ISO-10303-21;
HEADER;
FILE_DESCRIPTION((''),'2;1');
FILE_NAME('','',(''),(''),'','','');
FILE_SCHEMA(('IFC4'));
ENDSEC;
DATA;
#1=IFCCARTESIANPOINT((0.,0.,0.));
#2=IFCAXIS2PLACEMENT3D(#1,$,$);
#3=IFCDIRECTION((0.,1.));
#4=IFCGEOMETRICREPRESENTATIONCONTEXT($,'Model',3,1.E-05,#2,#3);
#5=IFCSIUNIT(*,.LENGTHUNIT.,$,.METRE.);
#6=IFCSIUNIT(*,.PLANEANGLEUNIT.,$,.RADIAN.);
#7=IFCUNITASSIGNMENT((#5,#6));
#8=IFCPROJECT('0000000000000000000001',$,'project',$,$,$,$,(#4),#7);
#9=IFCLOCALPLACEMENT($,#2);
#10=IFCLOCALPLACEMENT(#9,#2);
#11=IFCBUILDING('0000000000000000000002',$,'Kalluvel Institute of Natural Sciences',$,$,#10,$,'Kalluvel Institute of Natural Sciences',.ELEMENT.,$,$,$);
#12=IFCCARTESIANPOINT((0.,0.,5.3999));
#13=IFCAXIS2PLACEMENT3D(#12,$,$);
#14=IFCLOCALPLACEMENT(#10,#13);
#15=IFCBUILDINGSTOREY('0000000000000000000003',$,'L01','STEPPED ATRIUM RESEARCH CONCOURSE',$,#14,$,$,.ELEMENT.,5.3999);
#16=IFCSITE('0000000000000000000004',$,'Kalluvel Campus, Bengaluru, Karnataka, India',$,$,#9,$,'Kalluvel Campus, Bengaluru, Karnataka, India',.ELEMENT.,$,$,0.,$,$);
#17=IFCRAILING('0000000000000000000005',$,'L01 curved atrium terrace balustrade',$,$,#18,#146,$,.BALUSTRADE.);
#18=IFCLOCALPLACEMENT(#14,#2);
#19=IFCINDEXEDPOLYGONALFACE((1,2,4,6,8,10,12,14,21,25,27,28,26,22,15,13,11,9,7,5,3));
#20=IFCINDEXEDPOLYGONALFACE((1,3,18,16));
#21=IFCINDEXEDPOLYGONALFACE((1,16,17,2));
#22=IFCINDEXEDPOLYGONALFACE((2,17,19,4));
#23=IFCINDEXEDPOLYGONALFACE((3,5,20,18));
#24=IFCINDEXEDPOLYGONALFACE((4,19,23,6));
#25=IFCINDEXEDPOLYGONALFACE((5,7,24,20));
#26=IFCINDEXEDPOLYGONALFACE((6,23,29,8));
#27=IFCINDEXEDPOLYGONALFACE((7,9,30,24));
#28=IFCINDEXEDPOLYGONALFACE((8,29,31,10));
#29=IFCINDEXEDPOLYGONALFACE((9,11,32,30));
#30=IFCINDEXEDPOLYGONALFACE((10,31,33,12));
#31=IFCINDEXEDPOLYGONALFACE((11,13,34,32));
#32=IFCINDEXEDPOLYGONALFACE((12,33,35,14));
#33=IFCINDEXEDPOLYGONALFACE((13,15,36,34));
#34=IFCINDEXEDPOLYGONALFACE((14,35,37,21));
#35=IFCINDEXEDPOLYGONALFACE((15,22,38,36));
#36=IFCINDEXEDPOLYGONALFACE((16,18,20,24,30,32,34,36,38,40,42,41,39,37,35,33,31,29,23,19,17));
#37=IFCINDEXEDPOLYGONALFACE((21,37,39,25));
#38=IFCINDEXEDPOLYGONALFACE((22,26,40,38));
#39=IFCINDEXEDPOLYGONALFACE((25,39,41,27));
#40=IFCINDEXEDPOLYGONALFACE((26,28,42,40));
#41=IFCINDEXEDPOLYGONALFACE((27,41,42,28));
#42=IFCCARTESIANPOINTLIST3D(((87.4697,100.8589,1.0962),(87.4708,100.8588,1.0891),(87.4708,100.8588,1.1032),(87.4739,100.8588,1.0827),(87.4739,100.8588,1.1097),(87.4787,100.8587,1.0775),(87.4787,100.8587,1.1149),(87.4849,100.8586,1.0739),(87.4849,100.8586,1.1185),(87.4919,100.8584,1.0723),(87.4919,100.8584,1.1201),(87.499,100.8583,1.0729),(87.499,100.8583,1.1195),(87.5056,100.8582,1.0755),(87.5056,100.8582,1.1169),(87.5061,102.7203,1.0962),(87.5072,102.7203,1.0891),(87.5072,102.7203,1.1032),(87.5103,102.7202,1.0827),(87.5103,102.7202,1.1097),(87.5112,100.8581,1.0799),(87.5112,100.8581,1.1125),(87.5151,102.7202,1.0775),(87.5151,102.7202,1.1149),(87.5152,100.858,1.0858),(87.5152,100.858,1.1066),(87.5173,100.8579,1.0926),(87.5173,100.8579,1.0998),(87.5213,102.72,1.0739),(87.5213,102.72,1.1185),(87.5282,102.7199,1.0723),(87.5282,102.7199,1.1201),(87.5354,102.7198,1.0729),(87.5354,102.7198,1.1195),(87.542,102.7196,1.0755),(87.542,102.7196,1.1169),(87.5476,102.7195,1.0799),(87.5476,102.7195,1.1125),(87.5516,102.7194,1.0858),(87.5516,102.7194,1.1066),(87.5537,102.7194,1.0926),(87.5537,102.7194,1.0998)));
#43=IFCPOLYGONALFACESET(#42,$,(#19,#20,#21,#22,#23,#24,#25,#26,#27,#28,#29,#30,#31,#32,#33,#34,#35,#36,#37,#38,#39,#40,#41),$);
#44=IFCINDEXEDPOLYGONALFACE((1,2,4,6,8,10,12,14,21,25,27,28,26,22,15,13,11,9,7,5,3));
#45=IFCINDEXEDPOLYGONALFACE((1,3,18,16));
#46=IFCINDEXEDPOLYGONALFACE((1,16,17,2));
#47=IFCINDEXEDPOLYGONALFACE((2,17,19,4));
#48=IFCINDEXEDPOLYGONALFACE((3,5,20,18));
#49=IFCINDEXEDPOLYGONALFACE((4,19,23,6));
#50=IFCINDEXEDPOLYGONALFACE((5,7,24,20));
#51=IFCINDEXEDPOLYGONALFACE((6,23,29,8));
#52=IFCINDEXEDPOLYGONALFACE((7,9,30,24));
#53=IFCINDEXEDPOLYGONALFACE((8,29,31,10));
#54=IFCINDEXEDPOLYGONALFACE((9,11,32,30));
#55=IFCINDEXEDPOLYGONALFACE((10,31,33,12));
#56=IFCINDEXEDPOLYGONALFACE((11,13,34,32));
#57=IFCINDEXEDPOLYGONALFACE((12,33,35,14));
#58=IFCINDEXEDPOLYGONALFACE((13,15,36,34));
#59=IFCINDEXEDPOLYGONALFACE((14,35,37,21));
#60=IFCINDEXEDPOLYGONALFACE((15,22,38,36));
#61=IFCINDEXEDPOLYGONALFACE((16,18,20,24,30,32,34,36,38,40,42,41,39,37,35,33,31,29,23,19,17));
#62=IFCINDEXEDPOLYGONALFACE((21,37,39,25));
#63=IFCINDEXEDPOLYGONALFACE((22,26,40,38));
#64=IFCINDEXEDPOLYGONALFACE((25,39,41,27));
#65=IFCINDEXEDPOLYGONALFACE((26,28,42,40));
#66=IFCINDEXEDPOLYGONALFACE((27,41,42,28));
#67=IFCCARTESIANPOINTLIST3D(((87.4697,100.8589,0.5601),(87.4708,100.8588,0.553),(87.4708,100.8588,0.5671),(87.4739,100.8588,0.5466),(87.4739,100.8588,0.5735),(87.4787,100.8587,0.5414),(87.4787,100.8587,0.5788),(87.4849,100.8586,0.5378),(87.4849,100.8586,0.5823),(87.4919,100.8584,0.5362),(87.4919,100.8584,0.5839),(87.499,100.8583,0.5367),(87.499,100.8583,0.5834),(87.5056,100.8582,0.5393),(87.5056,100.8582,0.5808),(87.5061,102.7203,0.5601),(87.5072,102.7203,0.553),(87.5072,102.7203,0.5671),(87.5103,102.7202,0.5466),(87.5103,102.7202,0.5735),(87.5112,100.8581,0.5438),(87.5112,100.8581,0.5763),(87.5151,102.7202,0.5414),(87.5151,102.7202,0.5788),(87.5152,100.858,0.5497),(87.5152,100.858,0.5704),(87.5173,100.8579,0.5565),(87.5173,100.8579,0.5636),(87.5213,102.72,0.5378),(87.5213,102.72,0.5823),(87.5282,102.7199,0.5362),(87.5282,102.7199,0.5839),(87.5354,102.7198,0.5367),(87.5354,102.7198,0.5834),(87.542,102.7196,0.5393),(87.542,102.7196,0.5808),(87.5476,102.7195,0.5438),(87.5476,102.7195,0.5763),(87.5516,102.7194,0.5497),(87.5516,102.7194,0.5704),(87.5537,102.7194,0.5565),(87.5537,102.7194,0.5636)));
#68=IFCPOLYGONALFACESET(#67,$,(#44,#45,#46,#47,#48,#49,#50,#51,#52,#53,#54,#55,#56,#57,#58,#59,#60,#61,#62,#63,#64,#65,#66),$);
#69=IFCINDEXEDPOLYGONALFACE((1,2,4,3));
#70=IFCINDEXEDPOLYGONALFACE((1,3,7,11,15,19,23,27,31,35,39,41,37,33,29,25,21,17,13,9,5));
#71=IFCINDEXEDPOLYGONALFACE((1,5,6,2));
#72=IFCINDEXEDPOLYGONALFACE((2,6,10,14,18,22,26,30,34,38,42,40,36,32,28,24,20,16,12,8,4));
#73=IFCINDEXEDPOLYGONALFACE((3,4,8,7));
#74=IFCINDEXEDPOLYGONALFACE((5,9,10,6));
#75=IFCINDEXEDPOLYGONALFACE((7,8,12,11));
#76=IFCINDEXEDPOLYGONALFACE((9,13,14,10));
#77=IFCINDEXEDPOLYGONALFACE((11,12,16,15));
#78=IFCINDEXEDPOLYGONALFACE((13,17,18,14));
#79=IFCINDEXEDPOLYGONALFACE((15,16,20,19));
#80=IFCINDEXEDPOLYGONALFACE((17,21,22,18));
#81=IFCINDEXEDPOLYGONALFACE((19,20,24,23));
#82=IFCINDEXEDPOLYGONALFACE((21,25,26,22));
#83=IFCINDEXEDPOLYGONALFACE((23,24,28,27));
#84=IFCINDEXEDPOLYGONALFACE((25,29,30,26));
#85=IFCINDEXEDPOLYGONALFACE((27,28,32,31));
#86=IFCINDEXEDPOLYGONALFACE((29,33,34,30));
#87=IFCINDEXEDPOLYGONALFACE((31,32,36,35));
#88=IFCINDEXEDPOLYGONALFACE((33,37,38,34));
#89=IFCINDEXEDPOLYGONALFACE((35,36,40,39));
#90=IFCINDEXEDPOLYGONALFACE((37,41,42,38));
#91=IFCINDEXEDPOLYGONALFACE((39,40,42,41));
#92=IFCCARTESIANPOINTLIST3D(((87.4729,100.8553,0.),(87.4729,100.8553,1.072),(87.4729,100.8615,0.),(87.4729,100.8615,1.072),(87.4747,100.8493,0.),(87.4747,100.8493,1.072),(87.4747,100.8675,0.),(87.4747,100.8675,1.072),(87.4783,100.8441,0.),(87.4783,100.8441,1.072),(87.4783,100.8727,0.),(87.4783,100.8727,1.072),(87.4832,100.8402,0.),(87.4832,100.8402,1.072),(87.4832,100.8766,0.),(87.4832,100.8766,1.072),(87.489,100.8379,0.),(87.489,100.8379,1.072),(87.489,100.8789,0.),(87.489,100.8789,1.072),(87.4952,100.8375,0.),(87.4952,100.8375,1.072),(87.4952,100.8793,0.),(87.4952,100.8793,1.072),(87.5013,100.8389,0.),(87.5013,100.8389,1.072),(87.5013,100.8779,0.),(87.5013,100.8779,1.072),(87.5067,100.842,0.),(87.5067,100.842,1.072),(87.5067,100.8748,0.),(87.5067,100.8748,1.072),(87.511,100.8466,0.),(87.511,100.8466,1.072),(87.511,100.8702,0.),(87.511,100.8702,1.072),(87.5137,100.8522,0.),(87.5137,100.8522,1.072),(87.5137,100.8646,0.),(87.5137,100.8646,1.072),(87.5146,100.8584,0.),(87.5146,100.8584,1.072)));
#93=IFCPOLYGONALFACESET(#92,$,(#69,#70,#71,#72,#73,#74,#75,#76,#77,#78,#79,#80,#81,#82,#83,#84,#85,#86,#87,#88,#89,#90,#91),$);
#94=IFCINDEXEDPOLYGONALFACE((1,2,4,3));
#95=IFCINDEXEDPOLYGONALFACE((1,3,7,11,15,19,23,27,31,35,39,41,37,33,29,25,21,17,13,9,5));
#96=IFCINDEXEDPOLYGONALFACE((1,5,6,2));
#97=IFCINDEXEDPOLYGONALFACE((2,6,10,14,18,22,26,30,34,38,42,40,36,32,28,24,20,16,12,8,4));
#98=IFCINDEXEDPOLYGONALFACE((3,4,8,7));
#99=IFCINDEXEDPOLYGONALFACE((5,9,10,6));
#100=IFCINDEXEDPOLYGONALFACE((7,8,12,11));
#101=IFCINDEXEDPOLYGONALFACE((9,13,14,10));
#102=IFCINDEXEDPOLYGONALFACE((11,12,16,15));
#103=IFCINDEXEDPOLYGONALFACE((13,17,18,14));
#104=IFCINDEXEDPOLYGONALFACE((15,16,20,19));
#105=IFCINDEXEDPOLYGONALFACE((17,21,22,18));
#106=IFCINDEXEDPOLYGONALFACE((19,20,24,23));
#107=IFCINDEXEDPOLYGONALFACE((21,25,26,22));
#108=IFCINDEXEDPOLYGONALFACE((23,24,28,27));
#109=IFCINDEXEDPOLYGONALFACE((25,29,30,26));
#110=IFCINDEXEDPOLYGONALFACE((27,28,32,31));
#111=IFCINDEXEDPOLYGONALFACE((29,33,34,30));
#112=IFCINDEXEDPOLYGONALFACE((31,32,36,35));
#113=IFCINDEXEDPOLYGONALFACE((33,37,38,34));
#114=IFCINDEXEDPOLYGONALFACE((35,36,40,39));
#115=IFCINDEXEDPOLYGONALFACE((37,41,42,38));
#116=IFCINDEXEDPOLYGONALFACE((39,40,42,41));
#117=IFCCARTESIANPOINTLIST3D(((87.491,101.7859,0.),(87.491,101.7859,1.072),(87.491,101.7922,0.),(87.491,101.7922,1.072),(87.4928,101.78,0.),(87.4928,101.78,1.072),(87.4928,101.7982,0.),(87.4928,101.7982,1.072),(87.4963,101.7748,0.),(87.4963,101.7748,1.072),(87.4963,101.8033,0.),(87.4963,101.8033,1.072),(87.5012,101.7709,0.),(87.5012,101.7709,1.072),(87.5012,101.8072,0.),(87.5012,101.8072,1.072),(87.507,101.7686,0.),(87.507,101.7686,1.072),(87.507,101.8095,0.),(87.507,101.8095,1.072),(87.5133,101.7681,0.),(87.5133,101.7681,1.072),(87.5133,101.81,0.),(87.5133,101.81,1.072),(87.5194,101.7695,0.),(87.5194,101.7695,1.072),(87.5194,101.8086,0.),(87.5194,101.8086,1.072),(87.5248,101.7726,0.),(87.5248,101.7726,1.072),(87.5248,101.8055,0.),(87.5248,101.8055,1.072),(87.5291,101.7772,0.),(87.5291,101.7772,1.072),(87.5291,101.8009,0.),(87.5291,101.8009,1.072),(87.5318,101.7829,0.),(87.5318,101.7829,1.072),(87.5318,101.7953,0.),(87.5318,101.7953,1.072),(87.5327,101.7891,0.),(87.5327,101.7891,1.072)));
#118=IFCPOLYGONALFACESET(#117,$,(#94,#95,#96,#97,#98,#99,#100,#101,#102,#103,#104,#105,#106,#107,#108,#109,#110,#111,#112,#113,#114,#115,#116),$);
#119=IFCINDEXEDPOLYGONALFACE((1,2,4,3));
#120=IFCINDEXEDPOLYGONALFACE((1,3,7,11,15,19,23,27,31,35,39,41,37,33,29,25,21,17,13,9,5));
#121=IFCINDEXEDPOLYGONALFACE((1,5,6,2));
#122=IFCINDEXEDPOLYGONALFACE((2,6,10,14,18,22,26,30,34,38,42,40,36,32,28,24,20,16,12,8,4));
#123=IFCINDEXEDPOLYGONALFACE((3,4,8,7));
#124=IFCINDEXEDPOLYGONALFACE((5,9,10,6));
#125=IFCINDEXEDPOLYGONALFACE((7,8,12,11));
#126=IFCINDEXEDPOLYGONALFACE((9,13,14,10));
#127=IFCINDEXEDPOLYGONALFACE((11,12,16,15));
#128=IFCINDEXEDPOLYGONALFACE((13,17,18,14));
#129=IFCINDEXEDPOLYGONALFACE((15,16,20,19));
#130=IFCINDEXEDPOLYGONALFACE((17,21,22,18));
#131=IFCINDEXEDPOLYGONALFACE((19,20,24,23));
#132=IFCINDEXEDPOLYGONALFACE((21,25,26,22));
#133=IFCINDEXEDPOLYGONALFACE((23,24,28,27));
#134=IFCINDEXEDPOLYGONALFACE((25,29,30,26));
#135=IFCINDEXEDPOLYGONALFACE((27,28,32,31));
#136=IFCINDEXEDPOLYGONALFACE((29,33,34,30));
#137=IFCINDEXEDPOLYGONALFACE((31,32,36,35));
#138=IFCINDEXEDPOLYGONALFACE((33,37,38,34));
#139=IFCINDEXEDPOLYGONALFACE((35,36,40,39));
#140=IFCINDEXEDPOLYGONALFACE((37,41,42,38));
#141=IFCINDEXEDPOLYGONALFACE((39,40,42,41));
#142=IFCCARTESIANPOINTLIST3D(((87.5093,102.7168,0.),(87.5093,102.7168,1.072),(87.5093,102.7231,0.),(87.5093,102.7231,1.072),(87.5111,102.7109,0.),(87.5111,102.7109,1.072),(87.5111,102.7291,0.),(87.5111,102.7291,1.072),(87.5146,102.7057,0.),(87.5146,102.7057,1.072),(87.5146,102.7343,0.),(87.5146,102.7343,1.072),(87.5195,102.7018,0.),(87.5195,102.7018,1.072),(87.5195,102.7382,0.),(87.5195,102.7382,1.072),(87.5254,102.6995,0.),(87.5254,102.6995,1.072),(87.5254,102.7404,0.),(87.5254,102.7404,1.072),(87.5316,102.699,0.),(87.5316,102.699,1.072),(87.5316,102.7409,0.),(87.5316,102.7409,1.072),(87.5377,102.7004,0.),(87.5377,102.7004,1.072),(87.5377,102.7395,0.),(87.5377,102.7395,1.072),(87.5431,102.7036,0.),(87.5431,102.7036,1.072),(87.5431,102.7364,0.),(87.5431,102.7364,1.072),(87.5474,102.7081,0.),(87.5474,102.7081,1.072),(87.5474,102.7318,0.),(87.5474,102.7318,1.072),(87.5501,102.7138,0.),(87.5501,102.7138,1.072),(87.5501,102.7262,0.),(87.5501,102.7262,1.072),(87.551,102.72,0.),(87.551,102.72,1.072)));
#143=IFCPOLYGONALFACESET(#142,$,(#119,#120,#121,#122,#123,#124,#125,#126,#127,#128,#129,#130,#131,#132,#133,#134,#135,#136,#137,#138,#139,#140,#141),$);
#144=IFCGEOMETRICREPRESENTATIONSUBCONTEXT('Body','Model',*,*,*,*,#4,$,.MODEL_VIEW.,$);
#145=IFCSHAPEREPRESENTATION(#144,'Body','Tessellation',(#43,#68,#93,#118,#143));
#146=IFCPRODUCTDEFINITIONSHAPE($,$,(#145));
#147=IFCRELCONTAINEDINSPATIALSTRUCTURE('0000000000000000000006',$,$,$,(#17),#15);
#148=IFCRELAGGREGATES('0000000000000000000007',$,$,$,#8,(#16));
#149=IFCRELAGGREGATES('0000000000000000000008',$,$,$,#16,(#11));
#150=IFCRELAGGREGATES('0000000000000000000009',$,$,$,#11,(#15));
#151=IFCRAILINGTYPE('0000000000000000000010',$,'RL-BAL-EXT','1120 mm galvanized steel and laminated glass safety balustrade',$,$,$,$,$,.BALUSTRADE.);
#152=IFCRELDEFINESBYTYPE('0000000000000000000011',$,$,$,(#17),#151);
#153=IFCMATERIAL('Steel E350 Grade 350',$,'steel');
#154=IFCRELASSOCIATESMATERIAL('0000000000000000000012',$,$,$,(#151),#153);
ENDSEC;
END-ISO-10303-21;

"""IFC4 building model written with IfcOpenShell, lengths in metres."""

from ifc_helpers import new_model, si_unit, direction, frame, origin, origin_2d, place, context, subcontext, project, spatial, circle, extrude, material, type_object, element, save


model = new_model("IFC4")

# Units and contexts
model_context = context("Model", 3, precision=1e-05, world=origin(), true_north=direction((0.0, 1.0)))
body_context = subcontext(model_context, "Body", "Model", "MODEL_VIEW")
ifc_project = project(units=[si_unit("LENGTHUNIT", "METRE"), si_unit("PLANEANGLEUNIT", "RADIAN")], contexts=[model_context])

# Site, building, storey
site_placement = place(None, origin())
site = spatial("IfcSite", under=ifc_project, at=site_placement, Name="Kalluvel Campus, Bengaluru, Karnataka, India", LongName="Kalluvel Campus, Bengaluru, Karnataka, India", CompositionType="ELEMENT", RefElevation=0.0)
building_placement = place(site_placement, origin())
building = spatial("IfcBuilding", under=site, at=building_placement, Name="Kalluvel Institute of Natural Sciences", LongName="Kalluvel Institute of Natural Sciences", CompositionType="ELEMENT")
storey_placement = place(building_placement, frame((0.0, 0.0, 5.3999)))
storey = spatial("IfcBuildingStorey", under=building, at=storey_placement, Name="L01", Description="STEPPED ATRIUM RESEARCH CONCOURSE", CompositionType="ELEMENT", Elevation=5.3999)

# Railing
ifc_material_1 = material(Name="Steel E350 Grade 350", Category="steel")
railing_type = type_object("IfcRailingType", Name="RL-BAL-EXT", Description="1120 mm galvanized steel and laminated glass safety balustrade", PredefinedType="BALUSTRADE", material=ifc_material_1)
railing_1_placement = place(storey_placement, frame((87.4937, 100.8584, 0.0)))
element("IfcRailing", 1, at=railing_1_placement, inside=storey, type_object=railing_type, Name="L01 curved atrium terrace balustrade", PredefinedType="BALUSTRADE", context=body_context, shape_type="SweptSolid", body=[
    extrude(circle(Radius=0.0239, at=origin_2d()), frame((0.0, 0.0, 1.0962), z_axis=(0.019537, 0.999809, 0.0), x_axis=(-0.999809, 0.019537, 0.0)), (0.0, 0.0, 1.0), 1.8618),
    extrude(circle(Radius=0.0239, at=origin_2d()), frame((0.0, 0.0, 0.5601), z_axis=(0.019537, 0.999809, 0.0), x_axis=(-0.999809, 0.019537, 0.0)), (0.0, 0.0, 1.0), 1.8618),
    extrude(circle(Radius=0.021, at=origin_2d()), origin(), (0.0, 0.0, 1.0), 1.072),
    extrude(circle(Radius=0.021, at=origin_2d()), frame((0.0181, 0.9307, 0.0)), (0.0, 0.0, 1.0), 1.072),
    extrude(circle(Radius=0.021, at=origin_2d()), frame((0.0364, 1.8616, 0.0)), (0.0, 0.0, 1.0), 1.072),
])

save(model, "model.ifc")
